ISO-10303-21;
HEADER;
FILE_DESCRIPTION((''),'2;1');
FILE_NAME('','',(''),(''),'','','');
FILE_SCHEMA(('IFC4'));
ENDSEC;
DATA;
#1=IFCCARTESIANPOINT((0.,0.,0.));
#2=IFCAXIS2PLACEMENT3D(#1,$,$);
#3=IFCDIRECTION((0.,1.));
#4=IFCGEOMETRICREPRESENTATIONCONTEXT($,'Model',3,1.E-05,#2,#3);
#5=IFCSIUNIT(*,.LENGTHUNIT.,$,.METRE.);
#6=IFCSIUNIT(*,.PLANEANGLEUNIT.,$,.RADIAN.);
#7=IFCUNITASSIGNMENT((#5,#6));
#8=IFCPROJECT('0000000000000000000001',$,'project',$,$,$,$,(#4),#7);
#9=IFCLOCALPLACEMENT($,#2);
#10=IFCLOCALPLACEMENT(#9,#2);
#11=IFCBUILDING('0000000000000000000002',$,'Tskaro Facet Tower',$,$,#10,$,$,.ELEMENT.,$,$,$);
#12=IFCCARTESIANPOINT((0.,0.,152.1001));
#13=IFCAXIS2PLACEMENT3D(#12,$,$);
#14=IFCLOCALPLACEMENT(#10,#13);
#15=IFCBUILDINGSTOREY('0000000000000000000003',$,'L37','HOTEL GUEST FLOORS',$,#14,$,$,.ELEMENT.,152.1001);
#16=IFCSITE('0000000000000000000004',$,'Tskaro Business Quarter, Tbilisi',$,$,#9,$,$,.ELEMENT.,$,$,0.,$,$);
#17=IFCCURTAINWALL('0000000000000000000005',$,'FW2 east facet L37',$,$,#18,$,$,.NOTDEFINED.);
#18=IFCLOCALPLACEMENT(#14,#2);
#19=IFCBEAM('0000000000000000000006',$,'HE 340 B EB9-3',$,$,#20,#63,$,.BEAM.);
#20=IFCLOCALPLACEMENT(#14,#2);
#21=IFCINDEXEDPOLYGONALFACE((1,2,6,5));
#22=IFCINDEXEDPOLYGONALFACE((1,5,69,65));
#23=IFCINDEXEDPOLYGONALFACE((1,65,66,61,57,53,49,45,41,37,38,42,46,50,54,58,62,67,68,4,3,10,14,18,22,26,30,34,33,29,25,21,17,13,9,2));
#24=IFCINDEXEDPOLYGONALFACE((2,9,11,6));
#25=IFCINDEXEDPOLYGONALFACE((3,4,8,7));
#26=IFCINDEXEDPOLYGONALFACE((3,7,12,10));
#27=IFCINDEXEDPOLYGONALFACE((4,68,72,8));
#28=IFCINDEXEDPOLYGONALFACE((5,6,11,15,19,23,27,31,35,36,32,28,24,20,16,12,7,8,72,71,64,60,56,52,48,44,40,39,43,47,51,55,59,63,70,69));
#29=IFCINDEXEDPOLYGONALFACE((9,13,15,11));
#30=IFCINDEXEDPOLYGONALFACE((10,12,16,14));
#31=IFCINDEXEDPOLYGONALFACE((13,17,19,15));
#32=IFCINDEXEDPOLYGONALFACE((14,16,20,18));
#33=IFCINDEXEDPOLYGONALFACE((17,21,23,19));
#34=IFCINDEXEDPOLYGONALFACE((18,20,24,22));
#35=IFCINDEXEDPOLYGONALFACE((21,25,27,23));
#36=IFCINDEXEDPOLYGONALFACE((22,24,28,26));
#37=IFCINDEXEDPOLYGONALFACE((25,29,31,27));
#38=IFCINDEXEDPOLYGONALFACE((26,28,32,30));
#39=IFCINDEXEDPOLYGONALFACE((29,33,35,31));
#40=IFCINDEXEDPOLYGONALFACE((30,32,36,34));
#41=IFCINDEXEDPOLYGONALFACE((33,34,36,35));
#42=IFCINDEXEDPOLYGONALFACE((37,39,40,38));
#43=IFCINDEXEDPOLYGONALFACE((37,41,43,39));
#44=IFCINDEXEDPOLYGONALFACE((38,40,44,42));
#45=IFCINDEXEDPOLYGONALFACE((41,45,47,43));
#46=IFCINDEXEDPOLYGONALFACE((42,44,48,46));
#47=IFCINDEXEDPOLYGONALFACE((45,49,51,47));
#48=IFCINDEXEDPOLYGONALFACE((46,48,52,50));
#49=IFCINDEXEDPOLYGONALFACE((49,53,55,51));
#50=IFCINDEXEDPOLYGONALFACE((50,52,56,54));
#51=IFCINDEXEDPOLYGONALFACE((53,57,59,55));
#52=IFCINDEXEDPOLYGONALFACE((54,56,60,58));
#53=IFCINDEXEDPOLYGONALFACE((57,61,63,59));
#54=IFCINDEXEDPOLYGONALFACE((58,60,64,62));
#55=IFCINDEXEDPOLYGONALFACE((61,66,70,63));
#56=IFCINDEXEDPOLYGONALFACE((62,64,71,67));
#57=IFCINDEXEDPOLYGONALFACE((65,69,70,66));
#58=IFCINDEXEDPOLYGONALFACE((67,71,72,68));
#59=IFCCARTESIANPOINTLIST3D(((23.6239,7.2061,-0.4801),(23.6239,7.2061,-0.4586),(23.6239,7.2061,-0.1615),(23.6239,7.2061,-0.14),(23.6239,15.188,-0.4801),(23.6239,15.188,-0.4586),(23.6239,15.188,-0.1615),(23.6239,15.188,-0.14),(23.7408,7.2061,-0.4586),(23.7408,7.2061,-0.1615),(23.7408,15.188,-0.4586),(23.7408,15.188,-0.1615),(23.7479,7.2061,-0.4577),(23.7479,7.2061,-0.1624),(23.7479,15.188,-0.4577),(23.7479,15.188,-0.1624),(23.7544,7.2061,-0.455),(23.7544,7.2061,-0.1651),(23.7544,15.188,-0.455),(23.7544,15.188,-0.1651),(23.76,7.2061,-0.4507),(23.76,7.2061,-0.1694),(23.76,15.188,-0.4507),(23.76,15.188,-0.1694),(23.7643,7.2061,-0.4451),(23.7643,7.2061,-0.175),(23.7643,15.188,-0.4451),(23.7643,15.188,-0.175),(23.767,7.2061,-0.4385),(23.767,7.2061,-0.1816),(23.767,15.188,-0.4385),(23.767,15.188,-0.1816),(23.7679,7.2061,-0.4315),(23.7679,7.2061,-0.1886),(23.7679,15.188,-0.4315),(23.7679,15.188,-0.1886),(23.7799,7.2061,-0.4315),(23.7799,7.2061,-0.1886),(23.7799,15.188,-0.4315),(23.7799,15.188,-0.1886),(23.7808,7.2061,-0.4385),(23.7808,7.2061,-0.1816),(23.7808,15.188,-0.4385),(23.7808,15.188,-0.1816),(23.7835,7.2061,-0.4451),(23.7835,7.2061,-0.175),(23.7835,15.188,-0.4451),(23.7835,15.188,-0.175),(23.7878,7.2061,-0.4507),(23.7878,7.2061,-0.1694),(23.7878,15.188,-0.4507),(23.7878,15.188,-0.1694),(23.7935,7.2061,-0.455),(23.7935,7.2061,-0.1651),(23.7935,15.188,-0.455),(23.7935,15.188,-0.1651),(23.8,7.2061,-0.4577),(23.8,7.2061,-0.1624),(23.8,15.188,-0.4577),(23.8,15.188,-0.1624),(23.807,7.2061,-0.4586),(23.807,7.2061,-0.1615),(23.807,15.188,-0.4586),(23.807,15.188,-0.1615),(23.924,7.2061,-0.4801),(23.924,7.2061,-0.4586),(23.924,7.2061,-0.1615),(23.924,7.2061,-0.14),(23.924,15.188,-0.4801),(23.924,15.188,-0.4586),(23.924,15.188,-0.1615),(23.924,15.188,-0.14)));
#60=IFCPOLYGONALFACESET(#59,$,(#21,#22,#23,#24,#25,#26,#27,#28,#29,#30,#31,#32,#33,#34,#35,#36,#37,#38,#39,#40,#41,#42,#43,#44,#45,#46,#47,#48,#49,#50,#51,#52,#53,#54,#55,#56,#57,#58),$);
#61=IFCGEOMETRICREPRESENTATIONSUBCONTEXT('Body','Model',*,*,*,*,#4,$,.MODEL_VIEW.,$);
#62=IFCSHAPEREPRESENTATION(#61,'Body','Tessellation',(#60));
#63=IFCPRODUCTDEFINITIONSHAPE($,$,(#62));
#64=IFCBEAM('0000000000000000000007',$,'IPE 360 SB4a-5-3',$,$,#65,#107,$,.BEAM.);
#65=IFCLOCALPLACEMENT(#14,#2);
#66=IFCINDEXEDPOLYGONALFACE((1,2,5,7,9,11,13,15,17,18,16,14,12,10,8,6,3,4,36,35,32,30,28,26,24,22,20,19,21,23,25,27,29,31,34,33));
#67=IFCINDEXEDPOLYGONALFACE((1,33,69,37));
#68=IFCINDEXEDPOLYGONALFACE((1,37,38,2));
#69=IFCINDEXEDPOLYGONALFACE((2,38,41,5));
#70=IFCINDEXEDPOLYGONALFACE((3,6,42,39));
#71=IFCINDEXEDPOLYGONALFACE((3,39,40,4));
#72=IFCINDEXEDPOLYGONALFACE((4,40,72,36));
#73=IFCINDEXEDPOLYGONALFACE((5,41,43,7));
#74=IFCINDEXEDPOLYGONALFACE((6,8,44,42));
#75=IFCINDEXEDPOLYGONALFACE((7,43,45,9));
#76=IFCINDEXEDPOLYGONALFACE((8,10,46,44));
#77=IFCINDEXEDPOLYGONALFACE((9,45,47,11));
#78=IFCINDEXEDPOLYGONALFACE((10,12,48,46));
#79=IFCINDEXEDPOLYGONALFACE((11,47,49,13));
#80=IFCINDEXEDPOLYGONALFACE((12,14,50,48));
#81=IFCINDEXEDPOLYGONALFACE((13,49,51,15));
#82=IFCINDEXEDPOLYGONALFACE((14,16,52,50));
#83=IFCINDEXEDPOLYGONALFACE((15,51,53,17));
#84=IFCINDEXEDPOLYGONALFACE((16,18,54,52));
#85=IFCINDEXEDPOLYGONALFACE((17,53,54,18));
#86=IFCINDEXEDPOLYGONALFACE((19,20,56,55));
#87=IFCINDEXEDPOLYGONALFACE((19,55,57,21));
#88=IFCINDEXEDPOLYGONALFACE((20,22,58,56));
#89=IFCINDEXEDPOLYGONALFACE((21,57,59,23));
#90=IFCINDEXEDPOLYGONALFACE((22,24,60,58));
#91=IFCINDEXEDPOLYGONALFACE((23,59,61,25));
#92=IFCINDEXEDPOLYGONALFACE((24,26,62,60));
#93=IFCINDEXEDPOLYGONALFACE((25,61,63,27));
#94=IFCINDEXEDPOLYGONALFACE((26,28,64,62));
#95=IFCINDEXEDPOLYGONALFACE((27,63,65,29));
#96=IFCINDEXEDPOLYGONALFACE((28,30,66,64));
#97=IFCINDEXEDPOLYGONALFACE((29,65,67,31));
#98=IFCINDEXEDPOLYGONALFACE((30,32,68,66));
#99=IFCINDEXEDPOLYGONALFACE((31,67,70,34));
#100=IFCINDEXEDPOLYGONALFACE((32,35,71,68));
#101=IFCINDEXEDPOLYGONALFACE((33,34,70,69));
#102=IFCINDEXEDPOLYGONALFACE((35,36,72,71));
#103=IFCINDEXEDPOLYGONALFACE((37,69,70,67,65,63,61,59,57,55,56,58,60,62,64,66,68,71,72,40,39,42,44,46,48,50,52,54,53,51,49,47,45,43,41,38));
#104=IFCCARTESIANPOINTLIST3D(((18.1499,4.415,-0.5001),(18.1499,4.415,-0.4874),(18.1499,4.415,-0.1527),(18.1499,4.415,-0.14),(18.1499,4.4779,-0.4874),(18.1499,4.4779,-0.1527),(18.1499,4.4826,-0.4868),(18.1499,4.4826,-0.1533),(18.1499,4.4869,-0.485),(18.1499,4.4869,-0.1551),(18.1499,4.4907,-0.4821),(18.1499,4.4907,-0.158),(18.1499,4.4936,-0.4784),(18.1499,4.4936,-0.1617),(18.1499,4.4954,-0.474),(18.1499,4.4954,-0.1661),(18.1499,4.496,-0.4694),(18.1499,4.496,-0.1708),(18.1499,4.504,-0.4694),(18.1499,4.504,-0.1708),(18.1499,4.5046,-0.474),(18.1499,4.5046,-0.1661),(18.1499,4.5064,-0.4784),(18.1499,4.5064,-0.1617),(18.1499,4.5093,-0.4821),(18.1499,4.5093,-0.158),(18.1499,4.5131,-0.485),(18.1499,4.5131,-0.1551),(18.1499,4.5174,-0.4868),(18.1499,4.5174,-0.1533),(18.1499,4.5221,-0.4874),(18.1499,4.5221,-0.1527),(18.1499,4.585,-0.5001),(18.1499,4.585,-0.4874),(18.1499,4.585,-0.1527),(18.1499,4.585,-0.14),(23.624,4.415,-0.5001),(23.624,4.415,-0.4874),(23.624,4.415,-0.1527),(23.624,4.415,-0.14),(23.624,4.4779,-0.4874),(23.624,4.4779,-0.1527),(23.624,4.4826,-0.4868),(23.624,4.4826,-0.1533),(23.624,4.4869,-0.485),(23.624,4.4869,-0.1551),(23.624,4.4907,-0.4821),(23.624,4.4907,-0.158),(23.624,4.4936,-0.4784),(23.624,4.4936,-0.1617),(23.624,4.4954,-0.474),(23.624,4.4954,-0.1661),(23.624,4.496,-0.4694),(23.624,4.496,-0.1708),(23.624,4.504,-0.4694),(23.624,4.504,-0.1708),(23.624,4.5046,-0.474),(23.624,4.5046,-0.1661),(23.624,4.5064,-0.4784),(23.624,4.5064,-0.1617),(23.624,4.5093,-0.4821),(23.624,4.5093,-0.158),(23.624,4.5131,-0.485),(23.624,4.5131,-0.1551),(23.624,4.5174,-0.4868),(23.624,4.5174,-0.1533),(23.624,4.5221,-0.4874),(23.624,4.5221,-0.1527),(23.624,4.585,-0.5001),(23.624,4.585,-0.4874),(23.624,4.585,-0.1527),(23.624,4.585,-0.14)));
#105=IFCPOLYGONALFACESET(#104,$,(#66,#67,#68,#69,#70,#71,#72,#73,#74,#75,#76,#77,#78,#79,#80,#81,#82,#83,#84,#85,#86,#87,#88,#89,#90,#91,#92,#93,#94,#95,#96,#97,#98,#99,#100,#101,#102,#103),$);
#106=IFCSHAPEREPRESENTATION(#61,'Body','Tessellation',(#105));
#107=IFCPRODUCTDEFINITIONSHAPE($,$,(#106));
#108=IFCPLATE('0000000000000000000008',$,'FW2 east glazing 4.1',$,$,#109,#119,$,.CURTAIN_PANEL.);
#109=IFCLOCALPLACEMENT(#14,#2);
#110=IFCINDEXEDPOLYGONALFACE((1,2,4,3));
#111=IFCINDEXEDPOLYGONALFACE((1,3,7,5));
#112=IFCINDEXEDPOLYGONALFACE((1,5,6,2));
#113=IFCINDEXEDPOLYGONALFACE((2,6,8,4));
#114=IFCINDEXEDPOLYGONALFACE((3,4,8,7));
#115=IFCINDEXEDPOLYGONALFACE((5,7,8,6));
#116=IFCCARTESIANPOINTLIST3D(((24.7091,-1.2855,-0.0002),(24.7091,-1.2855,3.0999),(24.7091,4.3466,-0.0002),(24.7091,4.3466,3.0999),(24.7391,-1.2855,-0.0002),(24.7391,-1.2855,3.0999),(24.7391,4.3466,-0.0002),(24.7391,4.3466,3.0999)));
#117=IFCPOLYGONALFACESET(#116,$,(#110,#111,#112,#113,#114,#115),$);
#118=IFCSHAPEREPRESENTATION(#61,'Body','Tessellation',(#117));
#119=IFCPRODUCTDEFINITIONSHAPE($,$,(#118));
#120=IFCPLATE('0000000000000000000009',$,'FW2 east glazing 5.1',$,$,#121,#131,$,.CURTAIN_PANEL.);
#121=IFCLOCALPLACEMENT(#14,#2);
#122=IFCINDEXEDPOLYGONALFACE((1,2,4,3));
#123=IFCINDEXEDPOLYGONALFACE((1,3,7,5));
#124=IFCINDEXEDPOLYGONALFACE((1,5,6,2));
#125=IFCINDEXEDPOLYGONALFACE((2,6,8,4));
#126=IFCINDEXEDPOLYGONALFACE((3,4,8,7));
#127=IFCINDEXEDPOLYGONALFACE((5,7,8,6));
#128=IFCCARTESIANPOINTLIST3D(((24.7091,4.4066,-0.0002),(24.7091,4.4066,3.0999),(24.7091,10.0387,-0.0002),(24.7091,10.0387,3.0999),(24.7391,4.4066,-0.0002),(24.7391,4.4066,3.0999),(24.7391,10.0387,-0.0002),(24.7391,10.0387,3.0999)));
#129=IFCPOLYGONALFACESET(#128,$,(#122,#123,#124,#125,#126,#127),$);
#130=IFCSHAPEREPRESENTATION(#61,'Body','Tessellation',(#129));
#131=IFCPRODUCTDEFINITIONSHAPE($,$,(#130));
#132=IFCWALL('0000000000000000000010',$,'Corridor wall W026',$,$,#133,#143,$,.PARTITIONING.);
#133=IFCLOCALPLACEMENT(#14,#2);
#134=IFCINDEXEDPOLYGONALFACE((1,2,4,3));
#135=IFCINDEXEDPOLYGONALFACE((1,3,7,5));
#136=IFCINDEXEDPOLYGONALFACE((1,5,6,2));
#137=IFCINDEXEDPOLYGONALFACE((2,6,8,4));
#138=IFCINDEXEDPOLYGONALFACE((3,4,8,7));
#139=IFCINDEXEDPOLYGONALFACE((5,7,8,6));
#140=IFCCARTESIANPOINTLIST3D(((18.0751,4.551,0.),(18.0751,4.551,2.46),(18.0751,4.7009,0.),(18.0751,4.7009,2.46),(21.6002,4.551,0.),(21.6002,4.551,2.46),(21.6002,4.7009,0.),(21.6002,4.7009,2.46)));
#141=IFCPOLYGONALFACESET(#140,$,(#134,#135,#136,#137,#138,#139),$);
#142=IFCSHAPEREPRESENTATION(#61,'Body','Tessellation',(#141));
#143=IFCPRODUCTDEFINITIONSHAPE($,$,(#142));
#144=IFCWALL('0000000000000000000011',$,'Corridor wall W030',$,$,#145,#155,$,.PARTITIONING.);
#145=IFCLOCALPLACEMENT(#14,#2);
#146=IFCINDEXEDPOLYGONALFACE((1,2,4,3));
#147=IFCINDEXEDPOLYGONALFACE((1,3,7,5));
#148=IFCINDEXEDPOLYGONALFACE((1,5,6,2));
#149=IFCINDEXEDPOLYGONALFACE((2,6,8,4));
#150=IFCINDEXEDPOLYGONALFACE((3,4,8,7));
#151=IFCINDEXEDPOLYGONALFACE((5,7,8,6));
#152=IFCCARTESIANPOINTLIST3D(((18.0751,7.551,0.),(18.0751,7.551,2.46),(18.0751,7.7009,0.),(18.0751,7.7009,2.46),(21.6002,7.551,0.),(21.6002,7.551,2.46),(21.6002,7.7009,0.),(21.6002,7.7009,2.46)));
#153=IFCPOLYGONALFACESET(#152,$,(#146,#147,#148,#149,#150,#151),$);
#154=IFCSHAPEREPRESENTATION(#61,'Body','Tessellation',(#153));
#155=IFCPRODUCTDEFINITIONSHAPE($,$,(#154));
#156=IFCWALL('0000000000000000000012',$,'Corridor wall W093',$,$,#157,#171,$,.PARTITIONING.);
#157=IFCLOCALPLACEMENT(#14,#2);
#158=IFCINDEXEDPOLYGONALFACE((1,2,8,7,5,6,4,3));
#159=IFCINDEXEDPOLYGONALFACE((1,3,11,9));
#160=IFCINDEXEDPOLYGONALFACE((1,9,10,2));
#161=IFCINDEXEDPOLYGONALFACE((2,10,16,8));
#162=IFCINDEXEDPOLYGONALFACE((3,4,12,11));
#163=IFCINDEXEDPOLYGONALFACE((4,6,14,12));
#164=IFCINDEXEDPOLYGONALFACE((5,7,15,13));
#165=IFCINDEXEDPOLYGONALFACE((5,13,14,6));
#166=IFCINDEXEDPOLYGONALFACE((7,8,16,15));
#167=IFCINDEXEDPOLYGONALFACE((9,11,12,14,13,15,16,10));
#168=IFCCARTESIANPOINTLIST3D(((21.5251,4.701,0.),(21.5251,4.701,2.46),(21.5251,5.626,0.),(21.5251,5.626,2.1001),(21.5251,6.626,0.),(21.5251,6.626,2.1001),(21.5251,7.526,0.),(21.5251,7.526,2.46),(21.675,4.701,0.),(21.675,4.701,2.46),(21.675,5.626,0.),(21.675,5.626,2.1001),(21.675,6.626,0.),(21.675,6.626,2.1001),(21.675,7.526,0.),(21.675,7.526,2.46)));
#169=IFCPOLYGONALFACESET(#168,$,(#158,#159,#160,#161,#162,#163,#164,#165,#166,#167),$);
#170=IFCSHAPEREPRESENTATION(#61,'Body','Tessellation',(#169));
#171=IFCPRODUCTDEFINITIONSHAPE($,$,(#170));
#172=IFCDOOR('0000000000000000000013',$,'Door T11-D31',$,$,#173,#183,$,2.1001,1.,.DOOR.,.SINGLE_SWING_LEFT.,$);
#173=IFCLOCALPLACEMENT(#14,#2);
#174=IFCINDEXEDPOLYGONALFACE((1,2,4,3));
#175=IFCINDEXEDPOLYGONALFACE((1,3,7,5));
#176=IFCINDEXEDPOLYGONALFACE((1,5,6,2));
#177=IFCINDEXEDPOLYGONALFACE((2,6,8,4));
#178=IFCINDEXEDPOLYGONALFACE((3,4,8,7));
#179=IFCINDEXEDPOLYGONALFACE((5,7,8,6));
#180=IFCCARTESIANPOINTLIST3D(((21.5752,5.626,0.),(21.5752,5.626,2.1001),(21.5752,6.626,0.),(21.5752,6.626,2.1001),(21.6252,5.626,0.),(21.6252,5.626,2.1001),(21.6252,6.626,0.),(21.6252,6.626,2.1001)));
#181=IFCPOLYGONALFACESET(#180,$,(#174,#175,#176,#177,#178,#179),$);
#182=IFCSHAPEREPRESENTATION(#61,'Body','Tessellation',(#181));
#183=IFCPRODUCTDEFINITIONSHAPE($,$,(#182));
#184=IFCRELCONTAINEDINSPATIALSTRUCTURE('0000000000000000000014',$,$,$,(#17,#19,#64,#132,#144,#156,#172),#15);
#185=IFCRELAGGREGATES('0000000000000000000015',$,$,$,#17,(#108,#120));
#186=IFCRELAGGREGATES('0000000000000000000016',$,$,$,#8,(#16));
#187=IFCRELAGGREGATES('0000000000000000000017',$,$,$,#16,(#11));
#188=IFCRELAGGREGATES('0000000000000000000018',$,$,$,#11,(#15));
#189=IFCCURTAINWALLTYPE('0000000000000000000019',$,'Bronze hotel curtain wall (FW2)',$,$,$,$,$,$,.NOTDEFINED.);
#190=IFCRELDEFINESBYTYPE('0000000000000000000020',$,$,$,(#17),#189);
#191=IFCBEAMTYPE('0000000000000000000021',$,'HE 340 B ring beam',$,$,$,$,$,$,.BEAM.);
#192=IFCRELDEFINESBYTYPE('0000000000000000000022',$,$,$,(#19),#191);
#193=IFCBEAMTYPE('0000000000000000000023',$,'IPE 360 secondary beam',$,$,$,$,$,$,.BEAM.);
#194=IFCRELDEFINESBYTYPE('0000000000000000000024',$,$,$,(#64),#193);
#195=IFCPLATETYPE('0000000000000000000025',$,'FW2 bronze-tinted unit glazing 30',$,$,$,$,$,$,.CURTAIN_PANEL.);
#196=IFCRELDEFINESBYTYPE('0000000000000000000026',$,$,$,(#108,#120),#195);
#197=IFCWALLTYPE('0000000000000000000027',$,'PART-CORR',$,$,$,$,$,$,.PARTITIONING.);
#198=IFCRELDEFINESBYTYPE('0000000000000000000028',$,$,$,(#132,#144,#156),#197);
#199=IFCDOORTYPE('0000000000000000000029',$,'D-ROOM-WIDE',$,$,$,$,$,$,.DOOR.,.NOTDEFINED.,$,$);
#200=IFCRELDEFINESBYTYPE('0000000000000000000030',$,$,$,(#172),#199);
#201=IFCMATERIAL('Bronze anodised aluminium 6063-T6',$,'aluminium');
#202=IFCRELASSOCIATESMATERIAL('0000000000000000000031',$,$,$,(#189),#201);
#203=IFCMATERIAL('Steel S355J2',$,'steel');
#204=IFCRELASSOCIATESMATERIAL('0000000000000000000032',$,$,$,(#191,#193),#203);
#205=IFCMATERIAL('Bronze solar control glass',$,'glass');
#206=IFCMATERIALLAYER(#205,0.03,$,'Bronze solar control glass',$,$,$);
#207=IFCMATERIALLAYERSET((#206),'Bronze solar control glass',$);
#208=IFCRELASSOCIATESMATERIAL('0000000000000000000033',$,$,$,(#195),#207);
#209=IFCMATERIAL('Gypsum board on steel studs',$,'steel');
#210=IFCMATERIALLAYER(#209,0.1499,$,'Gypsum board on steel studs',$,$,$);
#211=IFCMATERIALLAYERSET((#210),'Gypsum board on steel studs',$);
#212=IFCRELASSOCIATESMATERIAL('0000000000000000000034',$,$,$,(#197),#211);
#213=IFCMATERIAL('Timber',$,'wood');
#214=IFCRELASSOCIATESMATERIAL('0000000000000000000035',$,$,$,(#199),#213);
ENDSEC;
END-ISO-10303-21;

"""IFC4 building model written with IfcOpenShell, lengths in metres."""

from ifc_helpers import new_model, si_unit, direction, frame, frame_2d, origin, origin_2d, place, context, subcontext, project, spatial, rectangle, i_section, extrude, material, layer, layer_set, material_profile, profile_set, type_object, element, fill, aggregate, save


model = new_model("IFC4")

# Units and contexts
model_context = context("Model", 3, precision=1e-05, world=origin(), true_north=direction((0.0, 1.0)))
body_context = subcontext(model_context, "Body", "Model", "MODEL_VIEW")
ifc_project = project(units=[si_unit("LENGTHUNIT", "METRE"), si_unit("PLANEANGLEUNIT", "RADIAN")], contexts=[model_context])

# Site, building, storey
site_placement = place(None, origin())
site = spatial("IfcSite", under=ifc_project, at=site_placement, Name="Tskaro Business Quarter, Tbilisi", CompositionType="ELEMENT", RefElevation=0.0)
building_placement = place(site_placement, origin())
building = spatial("IfcBuilding", under=site, at=building_placement, Name="Tskaro Facet Tower", CompositionType="ELEMENT")
storey_placement = place(building_placement, frame((0.0, 0.0, 152.1001)))
storey = spatial("IfcBuildingStorey", under=building, at=storey_placement, Name="L37", Description="HOTEL GUEST FLOORS", CompositionType="ELEMENT", Elevation=152.1001)

# Curtain wall
ifc_material_1 = material(Name="Bronze anodised aluminium 6063-T6", Category="aluminium")
curtain_wall_type = type_object("IfcCurtainWallType", Name="Bronze hotel curtain wall (FW2)", PredefinedType="NOTDEFINED", material=ifc_material_1)
curtain_wall_placement = place(storey_placement, origin())
curtain_wall = element("IfcCurtainWall", 1, at=curtain_wall_placement, inside=storey, type_object=curtain_wall_type, Name="FW2 east facet L37", PredefinedType="NOTDEFINED")

# Beams
ifc_material_2 = material(Name="Steel S355J2", Category="steel")
ifc_material_profile_1 = material_profile(ifc_material_2, i_section(OverallWidth=0.3, OverallDepth=0.3401, WebThickness=0.012, FlangeThickness=0.0215, FilletRadius=0.0271, at=origin_2d()), Name="HE 340 B")
ifc_profile_set_1 = profile_set([ifc_material_profile_1], Name="Steel S355J2")
beam_type_1 = type_object("IfcBeamType", Name="HE 340 B ring beam", PredefinedType="BEAM", material=ifc_profile_set_1)
for number, where, z_axis, x_axis, name in (
    (2, (23.7739, 7.2061, -0.3101), (0.0, 1.0, 0.0), (-1.0, 0.0, 0.0), "HE 340 B EB9-3"),
):
    element("IfcBeam", number, at=place(storey_placement, frame(where, z_axis=z_axis, x_axis=x_axis)), inside=storey, type_object=beam_type_1, Name=name, PredefinedType="BEAM", context=body_context, shape_type="SweptSolid", body=[
        extrude(i_section(OverallWidth=0.3, OverallDepth=0.3401, WebThickness=0.012, FlangeThickness=0.0215, FilletRadius=0.0271, at=origin_2d()), origin(), (0.0, 0.0, 1.0), 7.9819),
    ])
ifc_material_profile_2 = material_profile(ifc_material_2, i_section(OverallWidth=0.1699, OverallDepth=0.3601, WebThickness=0.0081, FlangeThickness=0.0127, FilletRadius=0.0181, at=origin_2d()), Name="IPE 360")
ifc_profile_set_2 = profile_set([ifc_material_profile_2], Name="Steel S355J2")
beam_type_2 = type_object("IfcBeamType", Name="IPE 360 secondary beam", PredefinedType="BEAM", material=ifc_profile_set_2)
beam_placement = place(storey_placement, frame((18.1499, 4.5, -0.3201), z_axis=(1.0, 0.0, 0.0), x_axis=(0.0, 1.0, 0.0)))
element("IfcBeam", 3, at=beam_placement, inside=storey, type_object=beam_type_2, Name="IPE 360 SB4a-5-3", PredefinedType="BEAM", context=body_context, shape_type="SweptSolid", body=[
    extrude(i_section(OverallWidth=0.1699, OverallDepth=0.3601, WebThickness=0.0081, FlangeThickness=0.0127, FilletRadius=0.0181, at=origin_2d()), origin(), (0.0, 0.0, 1.0), 5.4741),
])

# Plates
ifc_material_3 = material(Name="Bronze solar control glass", Category="glass")
ifc_layer_1 = layer(ifc_material_3, 0.03, Name="Bronze solar control glass")
ifc_layer_set_1 = layer_set([ifc_layer_1], Name="Bronze solar control glass")
plate_type = type_object("IfcPlateType", Name="FW2 bronze-tinted unit glazing 30", PredefinedType="CURTAIN_PANEL", material=ifc_layer_set_1)
plate_1_placement = place(storey_placement, frame((24.7241, 1.5305, -0.0002), z_axis=(0.0, 0.0, 1.0), x_axis=(0.0, 1.0, 0.0)))
plate_1 = element("IfcPlate", 4, at=plate_1_placement, type_object=plate_type, Name="FW2 east glazing 4.1", PredefinedType="CURTAIN_PANEL", context=body_context, shape_type="SweptSolid", body=[
    extrude(rectangle(XDim=5.6321, YDim=0.03, at=origin_2d()), origin(), (0.0, 0.0, 1.0), 3.1001),
])
plate_2_placement = place(storey_placement, frame((24.7241, 7.2227, -0.0002), z_axis=(0.0, 0.0, 1.0), x_axis=(0.0, 1.0, 0.0)))
plate_2 = element("IfcPlate", 5, at=plate_2_placement, type_object=plate_type, Name="FW2 east glazing 5.1", PredefinedType="CURTAIN_PANEL", context=body_context, shape_type="SweptSolid", body=[
    extrude(rectangle(XDim=5.6321, YDim=0.03, at=origin_2d()), origin(), (0.0, 0.0, 1.0), 3.1001),
])
aggregate(curtain_wall, [plate_1, plate_2])

# Walls
ifc_material_4 = material(Name="Gypsum board on steel studs", Category="steel")
ifc_layer_2 = layer(ifc_material_4, 0.1499, Name="Gypsum board on steel studs")
ifc_layer_set_2 = layer_set([ifc_layer_2], Name="Gypsum board on steel studs")
wall_type_1 = type_object("IfcWallType", Name="PART-CORR", PredefinedType="PARTITIONING", material=ifc_layer_set_2)
for number, where, z_axis, x_axis, name in (
    (6, (18.075, 4.626, 0.0), (0.0, 0.0, 1.0), (1.0, 0.0, 0.0), "Corridor wall W026"),
    (7, (18.075, 7.626, 0.0), (0.0, 0.0, 1.0), (1.0, 0.0, 0.0), "Corridor wall W030"),
):
    element("IfcWall", number, at=place(storey_placement, frame(where, z_axis=z_axis, x_axis=x_axis)), inside=storey, type_object=wall_type_1, Name=name, PredefinedType="PARTITIONING", context=body_context, shape_type="SweptSolid", body=[
        extrude(rectangle(XDim=3.5251, YDim=0.1499, at=frame_2d((1.7627, 0.0))), origin(), (0.0, 0.0, 1.0), 2.46),
    ])

# Wall, opening, door
wall_1_placement = place(storey_placement, frame((21.6001, 4.7009, 0.0), z_axis=(0.0, 0.0, 1.0), x_axis=(0.0, 1.0, 0.0)))
wall_1 = element("IfcWall", 8, at=wall_1_placement, inside=storey, type_object=wall_type_1, Name="Corridor wall W093", PredefinedType="PARTITIONING", context=body_context, shape_type="SweptSolid", body=[
    extrude(rectangle(XDim=2.825, YDim=0.1499, at=frame_2d((1.4126, 0.0))), origin(), (0.0, 0.0, 1.0), 2.46),
])
opening_placement = place(wall_1_placement, frame((0.925, 0.0, 0.0)))
opening = element("IfcOpeningElement", 9, at=opening_placement, cuts=wall_1, PredefinedType="OPENING", context=body_context, shape_type="SweptSolid", body=[
    extrude(rectangle(XDim=1.0, YDim=2.1001, at=frame_2d((0.5, 1.05))), frame((0.0, 0.085, 0.0), z_axis=(0.0, -1.0, 0.0), x_axis=(1.0, 0.0, 0.0)), (0.0, 0.0, 1.0), 0.1699),
])
ifc_material_5 = material(Name="Timber", Category="wood")
door_type = type_object("IfcDoorType", Name="D-ROOM-WIDE", OperationType="NOTDEFINED", PredefinedType="DOOR", material=ifc_material_5)
door_placement = place(opening_placement, origin())
door = element("IfcDoor", 10, at=door_placement, inside=storey, type_object=door_type, Name="Door T11-D31", OperationType="SINGLE_SWING_LEFT", OverallHeight=2.1001, OverallWidth=1.0, PredefinedType="DOOR", context=body_context, shape_type="SweptSolid", body=[
    extrude(rectangle(XDim=1.0, YDim=2.1001, at=frame_2d((0.5, 1.05))), frame((0.0, 0.0249, 0.0), z_axis=(0.0, -1.0, 0.0), x_axis=(1.0, 0.0, 0.0)), (0.0, 0.0, 1.0), 0.05),
])
fill(opening, door)

save(model, "model.ifc")
